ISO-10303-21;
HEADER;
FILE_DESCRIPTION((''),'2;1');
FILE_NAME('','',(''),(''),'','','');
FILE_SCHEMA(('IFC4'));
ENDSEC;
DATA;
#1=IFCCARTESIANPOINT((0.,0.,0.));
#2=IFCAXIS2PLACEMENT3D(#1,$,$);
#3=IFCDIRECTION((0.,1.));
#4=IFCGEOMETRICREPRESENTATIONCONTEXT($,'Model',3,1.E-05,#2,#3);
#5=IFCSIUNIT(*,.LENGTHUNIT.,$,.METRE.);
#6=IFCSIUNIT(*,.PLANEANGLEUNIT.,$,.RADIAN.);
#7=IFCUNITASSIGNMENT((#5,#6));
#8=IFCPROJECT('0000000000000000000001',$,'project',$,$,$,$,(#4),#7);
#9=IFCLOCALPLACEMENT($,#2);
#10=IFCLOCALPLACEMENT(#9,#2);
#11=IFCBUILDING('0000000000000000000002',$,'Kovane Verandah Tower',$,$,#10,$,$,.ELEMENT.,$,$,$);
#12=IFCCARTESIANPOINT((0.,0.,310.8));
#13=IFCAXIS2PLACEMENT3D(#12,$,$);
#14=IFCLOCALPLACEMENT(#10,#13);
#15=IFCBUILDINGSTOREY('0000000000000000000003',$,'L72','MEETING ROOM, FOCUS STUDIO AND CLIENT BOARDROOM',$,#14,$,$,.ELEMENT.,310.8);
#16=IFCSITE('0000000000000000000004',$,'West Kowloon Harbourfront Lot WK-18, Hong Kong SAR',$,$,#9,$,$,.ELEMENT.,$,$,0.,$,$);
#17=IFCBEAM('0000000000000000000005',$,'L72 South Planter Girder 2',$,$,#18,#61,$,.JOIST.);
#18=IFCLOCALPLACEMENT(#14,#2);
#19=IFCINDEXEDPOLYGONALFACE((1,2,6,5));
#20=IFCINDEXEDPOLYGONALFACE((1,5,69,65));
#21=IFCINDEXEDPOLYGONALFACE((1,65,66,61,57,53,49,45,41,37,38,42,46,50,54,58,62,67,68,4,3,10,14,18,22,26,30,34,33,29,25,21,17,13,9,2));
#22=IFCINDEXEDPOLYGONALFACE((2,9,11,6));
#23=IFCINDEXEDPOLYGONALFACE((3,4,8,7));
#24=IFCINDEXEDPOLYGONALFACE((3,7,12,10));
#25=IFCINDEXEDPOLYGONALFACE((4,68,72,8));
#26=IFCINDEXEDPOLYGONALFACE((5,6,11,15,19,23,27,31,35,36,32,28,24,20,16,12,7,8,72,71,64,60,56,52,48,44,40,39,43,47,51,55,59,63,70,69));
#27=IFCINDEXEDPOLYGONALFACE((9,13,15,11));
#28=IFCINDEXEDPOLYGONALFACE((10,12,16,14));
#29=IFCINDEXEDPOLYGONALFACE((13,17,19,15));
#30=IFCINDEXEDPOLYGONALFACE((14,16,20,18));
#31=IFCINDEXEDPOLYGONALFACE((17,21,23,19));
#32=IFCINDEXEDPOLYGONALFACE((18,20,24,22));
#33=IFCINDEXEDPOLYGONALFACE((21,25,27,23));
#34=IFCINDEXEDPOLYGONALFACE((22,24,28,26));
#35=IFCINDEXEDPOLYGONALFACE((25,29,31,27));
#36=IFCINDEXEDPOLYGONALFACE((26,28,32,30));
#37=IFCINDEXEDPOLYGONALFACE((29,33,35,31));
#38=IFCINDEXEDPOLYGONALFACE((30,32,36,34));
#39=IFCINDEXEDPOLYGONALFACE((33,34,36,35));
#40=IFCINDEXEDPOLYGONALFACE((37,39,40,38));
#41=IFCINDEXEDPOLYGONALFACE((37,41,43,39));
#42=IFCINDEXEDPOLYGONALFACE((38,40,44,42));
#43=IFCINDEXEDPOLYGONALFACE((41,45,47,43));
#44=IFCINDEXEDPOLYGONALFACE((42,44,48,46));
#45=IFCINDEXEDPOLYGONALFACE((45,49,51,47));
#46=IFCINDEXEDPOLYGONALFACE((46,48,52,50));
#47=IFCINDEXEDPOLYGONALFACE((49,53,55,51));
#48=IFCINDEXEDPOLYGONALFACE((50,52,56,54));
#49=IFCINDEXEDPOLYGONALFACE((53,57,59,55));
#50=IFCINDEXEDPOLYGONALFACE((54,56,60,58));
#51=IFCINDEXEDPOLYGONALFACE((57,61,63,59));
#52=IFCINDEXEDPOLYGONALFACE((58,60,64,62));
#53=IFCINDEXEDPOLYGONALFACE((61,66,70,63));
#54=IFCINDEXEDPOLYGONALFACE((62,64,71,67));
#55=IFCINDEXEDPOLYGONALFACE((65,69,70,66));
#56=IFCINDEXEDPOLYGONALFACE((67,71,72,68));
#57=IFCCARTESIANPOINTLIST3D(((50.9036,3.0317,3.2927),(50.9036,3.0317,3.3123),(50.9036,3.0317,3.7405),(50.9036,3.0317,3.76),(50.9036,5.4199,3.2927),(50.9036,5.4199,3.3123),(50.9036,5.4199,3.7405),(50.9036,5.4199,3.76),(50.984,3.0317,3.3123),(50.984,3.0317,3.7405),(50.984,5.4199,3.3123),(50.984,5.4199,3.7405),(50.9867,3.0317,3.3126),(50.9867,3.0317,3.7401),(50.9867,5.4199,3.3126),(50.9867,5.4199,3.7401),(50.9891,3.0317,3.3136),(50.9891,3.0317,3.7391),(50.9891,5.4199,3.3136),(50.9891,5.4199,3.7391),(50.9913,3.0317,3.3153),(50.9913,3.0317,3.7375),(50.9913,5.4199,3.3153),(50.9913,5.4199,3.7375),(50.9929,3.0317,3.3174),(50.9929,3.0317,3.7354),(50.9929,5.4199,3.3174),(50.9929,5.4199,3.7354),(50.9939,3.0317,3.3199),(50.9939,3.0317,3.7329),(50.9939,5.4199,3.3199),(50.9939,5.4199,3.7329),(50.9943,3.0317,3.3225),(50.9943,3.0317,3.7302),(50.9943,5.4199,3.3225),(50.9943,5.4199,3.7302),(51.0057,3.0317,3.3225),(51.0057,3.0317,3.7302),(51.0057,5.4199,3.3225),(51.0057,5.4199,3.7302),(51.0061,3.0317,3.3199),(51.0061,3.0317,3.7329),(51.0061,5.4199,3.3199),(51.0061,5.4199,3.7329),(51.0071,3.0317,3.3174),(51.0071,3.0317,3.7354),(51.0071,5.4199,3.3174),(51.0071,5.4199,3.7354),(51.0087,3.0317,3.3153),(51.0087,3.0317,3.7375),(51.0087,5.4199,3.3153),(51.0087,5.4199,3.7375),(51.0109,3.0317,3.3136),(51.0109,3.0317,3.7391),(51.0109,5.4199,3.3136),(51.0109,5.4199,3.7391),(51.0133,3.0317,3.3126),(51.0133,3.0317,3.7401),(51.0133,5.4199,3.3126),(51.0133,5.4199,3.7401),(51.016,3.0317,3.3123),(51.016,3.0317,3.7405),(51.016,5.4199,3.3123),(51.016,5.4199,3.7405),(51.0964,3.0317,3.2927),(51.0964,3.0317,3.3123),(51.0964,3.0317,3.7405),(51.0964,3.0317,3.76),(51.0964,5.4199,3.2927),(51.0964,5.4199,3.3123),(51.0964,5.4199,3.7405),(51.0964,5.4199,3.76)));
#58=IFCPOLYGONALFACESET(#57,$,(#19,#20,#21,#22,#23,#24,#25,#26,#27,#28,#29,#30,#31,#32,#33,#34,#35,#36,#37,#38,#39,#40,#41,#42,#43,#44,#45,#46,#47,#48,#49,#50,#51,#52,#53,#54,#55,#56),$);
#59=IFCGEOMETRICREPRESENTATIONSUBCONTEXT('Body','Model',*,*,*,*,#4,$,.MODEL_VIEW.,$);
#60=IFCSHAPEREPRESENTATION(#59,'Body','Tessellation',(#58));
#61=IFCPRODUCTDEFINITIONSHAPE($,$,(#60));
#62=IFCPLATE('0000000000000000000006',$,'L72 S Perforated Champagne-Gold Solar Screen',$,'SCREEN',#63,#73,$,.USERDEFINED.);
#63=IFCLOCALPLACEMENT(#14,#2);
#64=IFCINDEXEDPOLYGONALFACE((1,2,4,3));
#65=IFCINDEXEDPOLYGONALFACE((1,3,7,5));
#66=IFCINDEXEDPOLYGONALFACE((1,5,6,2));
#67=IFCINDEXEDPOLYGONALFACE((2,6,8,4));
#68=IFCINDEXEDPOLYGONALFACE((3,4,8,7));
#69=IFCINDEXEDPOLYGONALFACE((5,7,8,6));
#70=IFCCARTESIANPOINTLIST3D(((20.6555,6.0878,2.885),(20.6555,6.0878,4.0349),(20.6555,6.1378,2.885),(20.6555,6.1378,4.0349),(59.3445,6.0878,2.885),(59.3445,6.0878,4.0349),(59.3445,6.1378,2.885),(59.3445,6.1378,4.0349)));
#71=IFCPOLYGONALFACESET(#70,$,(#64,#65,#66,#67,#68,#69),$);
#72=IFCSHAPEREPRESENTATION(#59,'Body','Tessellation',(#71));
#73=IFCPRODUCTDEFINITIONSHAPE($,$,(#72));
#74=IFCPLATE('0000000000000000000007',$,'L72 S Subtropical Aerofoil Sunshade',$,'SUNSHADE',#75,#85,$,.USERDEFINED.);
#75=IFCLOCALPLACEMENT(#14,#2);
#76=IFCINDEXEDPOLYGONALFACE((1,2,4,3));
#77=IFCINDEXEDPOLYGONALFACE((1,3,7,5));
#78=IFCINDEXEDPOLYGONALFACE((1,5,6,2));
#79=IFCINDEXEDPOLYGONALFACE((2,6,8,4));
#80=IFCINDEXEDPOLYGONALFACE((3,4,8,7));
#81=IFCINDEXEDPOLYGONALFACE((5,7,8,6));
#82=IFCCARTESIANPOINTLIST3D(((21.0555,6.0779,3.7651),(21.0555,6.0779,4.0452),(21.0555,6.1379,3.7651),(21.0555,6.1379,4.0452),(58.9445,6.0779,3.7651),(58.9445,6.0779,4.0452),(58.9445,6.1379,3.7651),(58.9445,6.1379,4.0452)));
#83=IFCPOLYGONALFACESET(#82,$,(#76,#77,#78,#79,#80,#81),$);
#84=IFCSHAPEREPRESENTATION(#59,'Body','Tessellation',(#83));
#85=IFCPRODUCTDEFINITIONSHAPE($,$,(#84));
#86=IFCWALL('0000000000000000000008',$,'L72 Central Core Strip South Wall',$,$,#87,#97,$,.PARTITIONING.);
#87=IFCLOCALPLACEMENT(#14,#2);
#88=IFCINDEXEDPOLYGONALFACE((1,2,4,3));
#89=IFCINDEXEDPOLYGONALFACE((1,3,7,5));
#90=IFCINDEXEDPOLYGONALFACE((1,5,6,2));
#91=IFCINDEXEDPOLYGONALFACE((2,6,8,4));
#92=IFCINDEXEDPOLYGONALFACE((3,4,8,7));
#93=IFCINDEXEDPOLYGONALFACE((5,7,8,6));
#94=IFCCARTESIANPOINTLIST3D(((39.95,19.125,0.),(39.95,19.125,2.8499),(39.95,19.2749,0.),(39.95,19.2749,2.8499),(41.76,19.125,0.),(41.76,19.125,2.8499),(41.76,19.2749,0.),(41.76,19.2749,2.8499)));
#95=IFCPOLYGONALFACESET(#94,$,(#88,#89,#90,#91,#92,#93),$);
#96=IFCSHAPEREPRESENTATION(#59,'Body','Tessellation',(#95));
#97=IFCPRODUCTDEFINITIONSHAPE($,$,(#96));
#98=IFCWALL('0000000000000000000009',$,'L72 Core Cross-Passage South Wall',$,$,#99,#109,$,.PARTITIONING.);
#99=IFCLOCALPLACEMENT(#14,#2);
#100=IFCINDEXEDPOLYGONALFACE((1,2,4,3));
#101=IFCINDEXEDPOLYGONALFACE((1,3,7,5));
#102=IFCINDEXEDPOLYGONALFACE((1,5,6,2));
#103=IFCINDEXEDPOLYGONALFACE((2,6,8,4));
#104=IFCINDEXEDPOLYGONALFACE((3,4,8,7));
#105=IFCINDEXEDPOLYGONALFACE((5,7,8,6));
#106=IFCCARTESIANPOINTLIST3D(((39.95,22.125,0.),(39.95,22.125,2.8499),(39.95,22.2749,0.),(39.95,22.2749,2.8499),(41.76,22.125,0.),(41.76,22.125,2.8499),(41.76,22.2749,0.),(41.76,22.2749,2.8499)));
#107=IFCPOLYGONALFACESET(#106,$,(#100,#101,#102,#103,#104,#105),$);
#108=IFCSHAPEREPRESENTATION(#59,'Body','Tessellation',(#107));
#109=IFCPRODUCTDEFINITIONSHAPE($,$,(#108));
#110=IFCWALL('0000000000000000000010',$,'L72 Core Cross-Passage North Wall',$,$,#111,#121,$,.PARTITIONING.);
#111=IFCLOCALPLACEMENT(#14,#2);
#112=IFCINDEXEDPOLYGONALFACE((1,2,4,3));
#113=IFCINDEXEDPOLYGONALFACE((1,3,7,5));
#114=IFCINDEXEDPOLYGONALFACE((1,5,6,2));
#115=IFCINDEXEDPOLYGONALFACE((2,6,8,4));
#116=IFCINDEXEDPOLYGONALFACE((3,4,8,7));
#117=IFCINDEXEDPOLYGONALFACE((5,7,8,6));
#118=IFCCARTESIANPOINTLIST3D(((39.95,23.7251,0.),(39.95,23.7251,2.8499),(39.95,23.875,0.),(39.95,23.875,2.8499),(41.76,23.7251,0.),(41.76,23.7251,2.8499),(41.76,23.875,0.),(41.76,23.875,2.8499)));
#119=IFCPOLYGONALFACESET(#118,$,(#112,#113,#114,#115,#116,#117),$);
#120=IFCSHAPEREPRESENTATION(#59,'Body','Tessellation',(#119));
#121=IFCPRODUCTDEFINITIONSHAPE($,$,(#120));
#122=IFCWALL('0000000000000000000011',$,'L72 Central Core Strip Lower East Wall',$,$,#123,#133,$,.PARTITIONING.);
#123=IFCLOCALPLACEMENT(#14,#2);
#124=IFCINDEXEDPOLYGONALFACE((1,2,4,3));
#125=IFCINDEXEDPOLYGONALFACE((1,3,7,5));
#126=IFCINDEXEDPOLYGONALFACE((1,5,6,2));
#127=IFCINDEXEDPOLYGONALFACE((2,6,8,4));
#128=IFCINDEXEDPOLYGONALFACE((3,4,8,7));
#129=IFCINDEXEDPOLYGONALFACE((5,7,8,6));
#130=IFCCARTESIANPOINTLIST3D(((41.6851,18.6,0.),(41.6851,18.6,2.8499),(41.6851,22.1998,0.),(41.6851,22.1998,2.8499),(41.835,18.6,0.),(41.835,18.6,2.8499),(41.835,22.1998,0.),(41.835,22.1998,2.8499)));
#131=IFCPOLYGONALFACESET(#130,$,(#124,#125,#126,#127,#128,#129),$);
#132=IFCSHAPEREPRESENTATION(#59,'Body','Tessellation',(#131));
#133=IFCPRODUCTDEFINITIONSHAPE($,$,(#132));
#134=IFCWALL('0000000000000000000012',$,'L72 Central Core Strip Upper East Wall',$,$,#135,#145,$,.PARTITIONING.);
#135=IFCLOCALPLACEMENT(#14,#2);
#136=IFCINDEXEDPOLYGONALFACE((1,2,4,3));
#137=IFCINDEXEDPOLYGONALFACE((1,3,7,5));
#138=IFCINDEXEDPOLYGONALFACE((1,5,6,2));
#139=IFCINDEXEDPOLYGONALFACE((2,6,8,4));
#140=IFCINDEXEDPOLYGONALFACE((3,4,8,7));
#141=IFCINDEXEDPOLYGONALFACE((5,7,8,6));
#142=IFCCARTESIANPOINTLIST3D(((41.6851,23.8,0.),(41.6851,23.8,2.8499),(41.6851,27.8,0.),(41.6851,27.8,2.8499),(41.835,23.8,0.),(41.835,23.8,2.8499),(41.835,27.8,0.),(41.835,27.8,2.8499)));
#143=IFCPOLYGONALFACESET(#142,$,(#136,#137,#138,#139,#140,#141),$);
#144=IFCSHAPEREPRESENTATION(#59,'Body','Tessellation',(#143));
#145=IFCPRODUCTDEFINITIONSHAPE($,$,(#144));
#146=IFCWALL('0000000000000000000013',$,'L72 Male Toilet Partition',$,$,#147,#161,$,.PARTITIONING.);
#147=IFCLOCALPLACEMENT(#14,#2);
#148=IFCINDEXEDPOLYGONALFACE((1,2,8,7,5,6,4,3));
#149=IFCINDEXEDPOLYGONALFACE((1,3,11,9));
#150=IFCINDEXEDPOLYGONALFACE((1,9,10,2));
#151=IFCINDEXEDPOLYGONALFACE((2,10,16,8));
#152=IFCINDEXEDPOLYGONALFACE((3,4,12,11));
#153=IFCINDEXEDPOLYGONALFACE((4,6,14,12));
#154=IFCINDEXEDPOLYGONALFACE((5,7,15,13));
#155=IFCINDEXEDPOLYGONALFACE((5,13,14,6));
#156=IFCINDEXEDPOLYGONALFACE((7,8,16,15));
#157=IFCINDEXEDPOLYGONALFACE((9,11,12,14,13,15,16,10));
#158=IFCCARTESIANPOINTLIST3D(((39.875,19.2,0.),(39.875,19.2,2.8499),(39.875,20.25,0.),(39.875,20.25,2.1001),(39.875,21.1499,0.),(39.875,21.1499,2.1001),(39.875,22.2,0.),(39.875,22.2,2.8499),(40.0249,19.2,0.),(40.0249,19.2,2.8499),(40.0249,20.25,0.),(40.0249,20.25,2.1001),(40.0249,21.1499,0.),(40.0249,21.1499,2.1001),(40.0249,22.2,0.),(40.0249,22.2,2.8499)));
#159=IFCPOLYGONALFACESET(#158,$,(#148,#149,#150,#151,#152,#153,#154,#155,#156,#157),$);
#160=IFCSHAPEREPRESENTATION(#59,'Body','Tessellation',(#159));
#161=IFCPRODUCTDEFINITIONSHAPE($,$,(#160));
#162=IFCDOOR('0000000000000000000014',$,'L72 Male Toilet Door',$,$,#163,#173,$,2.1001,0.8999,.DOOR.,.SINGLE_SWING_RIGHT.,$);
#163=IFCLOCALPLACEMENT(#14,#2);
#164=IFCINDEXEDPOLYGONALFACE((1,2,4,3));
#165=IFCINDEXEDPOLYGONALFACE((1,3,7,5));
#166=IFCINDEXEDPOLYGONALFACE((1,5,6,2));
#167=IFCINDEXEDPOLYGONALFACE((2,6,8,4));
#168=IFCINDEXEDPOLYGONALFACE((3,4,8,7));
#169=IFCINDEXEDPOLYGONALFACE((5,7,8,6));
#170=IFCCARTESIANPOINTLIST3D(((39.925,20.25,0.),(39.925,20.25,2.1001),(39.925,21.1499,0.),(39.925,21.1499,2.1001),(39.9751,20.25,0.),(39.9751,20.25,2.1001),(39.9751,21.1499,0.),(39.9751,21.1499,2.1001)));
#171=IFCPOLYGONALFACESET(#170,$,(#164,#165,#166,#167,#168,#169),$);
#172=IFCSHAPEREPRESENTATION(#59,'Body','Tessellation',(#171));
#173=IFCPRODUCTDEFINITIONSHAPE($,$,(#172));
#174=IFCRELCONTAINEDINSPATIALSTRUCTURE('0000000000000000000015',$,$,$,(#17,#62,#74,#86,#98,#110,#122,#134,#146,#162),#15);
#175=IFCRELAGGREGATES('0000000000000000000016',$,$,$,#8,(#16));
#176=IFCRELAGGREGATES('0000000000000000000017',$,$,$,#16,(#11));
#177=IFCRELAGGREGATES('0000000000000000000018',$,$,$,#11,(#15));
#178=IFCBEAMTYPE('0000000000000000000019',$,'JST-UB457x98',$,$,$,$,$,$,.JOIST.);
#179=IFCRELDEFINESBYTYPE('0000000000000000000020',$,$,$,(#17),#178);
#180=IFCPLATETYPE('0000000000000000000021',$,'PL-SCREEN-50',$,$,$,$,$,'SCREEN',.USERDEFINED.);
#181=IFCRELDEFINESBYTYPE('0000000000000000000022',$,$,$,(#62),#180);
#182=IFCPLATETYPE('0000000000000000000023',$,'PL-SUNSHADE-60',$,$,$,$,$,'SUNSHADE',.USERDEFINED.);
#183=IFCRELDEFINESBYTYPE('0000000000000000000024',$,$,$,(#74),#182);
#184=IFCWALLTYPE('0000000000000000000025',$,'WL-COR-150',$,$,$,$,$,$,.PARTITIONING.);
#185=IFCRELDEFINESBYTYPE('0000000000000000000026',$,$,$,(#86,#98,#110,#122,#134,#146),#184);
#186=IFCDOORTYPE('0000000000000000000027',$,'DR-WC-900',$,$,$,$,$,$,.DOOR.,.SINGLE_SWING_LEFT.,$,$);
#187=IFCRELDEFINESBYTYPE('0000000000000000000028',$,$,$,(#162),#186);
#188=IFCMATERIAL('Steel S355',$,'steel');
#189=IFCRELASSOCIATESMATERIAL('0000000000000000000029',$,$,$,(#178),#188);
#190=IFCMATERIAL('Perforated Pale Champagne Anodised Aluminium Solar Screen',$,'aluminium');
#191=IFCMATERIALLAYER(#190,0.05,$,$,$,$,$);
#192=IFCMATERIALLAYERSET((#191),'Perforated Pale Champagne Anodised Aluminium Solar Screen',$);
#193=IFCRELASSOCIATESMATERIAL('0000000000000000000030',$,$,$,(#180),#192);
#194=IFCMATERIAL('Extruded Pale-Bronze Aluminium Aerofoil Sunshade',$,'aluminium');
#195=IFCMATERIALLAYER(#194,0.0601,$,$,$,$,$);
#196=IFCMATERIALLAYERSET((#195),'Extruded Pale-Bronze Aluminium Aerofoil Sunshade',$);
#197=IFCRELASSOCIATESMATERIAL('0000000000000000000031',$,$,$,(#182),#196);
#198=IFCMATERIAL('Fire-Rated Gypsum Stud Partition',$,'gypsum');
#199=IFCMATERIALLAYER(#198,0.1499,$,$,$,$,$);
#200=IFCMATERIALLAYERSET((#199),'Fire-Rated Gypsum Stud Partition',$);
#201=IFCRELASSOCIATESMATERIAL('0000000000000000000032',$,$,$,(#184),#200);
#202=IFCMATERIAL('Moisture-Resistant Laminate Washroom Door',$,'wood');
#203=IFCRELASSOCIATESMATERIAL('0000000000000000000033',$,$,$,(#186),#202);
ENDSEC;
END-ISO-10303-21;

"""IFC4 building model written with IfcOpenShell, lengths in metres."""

from ifc_helpers import new_model, si_unit, direction, frame, frame_2d, origin, origin_2d, place, context, subcontext, project, spatial, rectangle, i_section, extrude, material, layer, layer_set, material_profile, profile_set, type_object, element, fill, save


model = new_model("IFC4")

# Units and contexts
model_context = context("Model", 3, precision=1e-05, world=origin(), true_north=direction((0.0, 1.0)))
body_context = subcontext(model_context, "Body", "Model", "MODEL_VIEW")
ifc_project = project(units=[si_unit("LENGTHUNIT", "METRE"), si_unit("PLANEANGLEUNIT", "RADIAN")], contexts=[model_context])

# Site, building, storey
site_placement = place(None, origin())
site = spatial("IfcSite", under=ifc_project, at=site_placement, Name="West Kowloon Harbourfront Lot WK-18, Hong Kong SAR", CompositionType="ELEMENT", RefElevation=0.0)
building_placement = place(site_placement, origin())
building = spatial("IfcBuilding", under=site, at=building_placement, Name="Kovane Verandah Tower", CompositionType="ELEMENT")
storey_placement = place(building_placement, frame((0.0, 0.0, 310.8)))
storey = spatial("IfcBuildingStorey", under=building, at=storey_placement, Name="L72", Description="MEETING ROOM, FOCUS STUDIO AND CLIENT BOARDROOM", CompositionType="ELEMENT", Elevation=310.8)

# Beam
ifc_material_1 = material(Name="Steel S355", Category="steel")
ifc_material_profile_1 = material_profile(ifc_material_1, i_section(OverallWidth=0.1929, OverallDepth=0.4673, WebThickness=0.0115, FlangeThickness=0.0195, FilletRadius=0.0103, at=origin_2d()), Name="UB457x191x98")
ifc_profile_set_1 = profile_set([ifc_material_profile_1], Name="Steel S355")
beam_type_1 = type_object("IfcBeamType", Name="JST-UB457x98", PredefinedType="JOIST", material=ifc_profile_set_1)
beam_1_placement = place(storey_placement, frame((51.0, 5.4199, 3.5264), z_axis=(0.0, -1.0, 0.0), x_axis=(1.0, 0.0, 0.0)))
element("IfcBeam", 1, at=beam_1_placement, inside=storey, type_object=beam_type_1, Name="L72 South Planter Girder 2", PredefinedType="JOIST", context=body_context, shape_type="SweptSolid", body=[
    extrude(i_section(OverallWidth=0.1929, OverallDepth=0.4673, WebThickness=0.0115, FlangeThickness=0.0195, FilletRadius=0.0103, at=origin_2d()), origin(), (0.0, 0.0, 1.0), 2.3882),
])

# Plates
ifc_material_2 = material(Name="Perforated Pale Champagne Anodised Aluminium Solar Screen", Category="aluminium")
ifc_layer_1 = layer(ifc_material_2, 0.05)
ifc_layer_set_1 = layer_set([ifc_layer_1], Name="Perforated Pale Champagne Anodised Aluminium Solar Screen")
plate_type_1 = type_object("IfcPlateType", Name="PL-SCREEN-50", ElementType="SCREEN", PredefinedType="USERDEFINED", material=ifc_layer_set_1)
plate_1_placement = place(storey_placement, frame((40.0, 6.1128, 2.885), z_axis=(0.0, 0.0, 1.0), x_axis=(1.0, 0.0, 0.0)))
element("IfcPlate", 2, at=plate_1_placement, inside=storey, type_object=plate_type_1, Name="L72 S Perforated Champagne-Gold Solar Screen", ObjectType="SCREEN", PredefinedType="USERDEFINED", context=body_context, shape_type="SweptSolid", body=[
    extrude(rectangle(XDim=38.689, YDim=0.05, at=origin_2d()), origin(), (0.0, 0.0, 1.0), 1.1499),
])
ifc_material_3 = material(Name="Extruded Pale-Bronze Aluminium Aerofoil Sunshade", Category="aluminium")
ifc_layer_2 = layer(ifc_material_3, 0.0601)
ifc_layer_set_2 = layer_set([ifc_layer_2], Name="Extruded Pale-Bronze Aluminium Aerofoil Sunshade")
plate_type_2 = type_object("IfcPlateType", Name="PL-SUNSHADE-60", ElementType="SUNSHADE", PredefinedType="USERDEFINED", material=ifc_layer_set_2)
plate_2_placement = place(storey_placement, frame((40.0, 6.1079, 3.7651), z_axis=(0.0, 0.0, 1.0), x_axis=(1.0, 0.0, 0.0)))
element("IfcPlate", 3, at=plate_2_placement, inside=storey, type_object=plate_type_2, Name="L72 S Subtropical Aerofoil Sunshade", ObjectType="SUNSHADE", PredefinedType="USERDEFINED", context=body_context, shape_type="SweptSolid", body=[
    extrude(rectangle(XDim=37.8889, YDim=0.0601, at=origin_2d()), origin(), (0.0, 0.0, 1.0), 0.28),
])

# Walls
ifc_material_4 = material(Name="Fire-Rated Gypsum Stud Partition", Category="gypsum")
ifc_layer_3 = layer(ifc_material_4, 0.1499)
ifc_layer_set_3 = layer_set([ifc_layer_3], Name="Fire-Rated Gypsum Stud Partition")
wall_type_1 = type_object("IfcWallType", Name="WL-COR-150", PredefinedType="PARTITIONING", material=ifc_layer_set_3)
for number, where, z_axis, x_axis, name in (
    (4, (39.95, 19.2, 0.0), (0.0, 0.0, 1.0), (1.0, 0.0, 0.0), "L72 Central Core Strip South Wall"),
    (5, (39.95, 22.2, 0.0), (0.0, 0.0, 1.0), (1.0, 0.0, 0.0), "L72 Core Cross-Passage South Wall"),
    (6, (39.95, 23.8, 0.0), (0.0, 0.0, 1.0), (1.0, 0.0, 0.0), "L72 Core Cross-Passage North Wall"),
):
    element("IfcWall", number, at=place(storey_placement, frame(where, z_axis=z_axis, x_axis=x_axis)), inside=storey, type_object=wall_type_1, Name=name, PredefinedType="PARTITIONING", context=body_context, shape_type="SweptSolid", body=[
        extrude(rectangle(XDim=1.8101, YDim=0.1499, at=frame_2d((0.905, 0.0))), origin(), (0.0, 0.0, 1.0), 2.8499),
    ])
wall_1_placement = place(storey_placement, frame((41.76, 18.6001, 0.0), z_axis=(0.0, 0.0, 1.0), x_axis=(0.0, 1.0, 0.0)))
element("IfcWall", 7, at=wall_1_placement, inside=storey, type_object=wall_type_1, Name="L72 Central Core Strip Lower East Wall", PredefinedType="PARTITIONING", context=body_context, shape_type="SweptSolid", body=[
    extrude(rectangle(XDim=3.5999, YDim=0.1499, at=frame_2d((1.7998, 0.0))), origin(), (0.0, 0.0, 1.0), 2.8499),
])
wall_2_placement = place(storey_placement, frame((41.76, 23.8, 0.0), z_axis=(0.0, 0.0, 1.0), x_axis=(0.0, 1.0, 0.0)))
element("IfcWall", 8, at=wall_2_placement, inside=storey, type_object=wall_type_1, Name="L72 Central Core Strip Upper East Wall", PredefinedType="PARTITIONING", context=body_context, shape_type="SweptSolid", body=[
    extrude(rectangle(XDim=4.0, YDim=0.1499, at=frame_2d((2.0, 0.0))), origin(), (0.0, 0.0, 1.0), 2.8499),
])

# Wall, opening, door
wall_3_placement = place(storey_placement, frame((39.95, 19.2, 0.0), z_axis=(0.0, 0.0, 1.0), x_axis=(0.0, 1.0, 0.0)))
wall_3 = element("IfcWall", 9, at=wall_3_placement, inside=storey, type_object=wall_type_1, Name="L72 Male Toilet Partition", PredefinedType="PARTITIONING", context=body_context, shape_type="SweptSolid", body=[
    extrude(rectangle(XDim=3.0, YDim=0.1499, at=frame_2d((1.5, 0.0))), origin(), (0.0, 0.0, 1.0), 2.8499),
])
opening_1_placement = place(wall_3_placement, frame((1.05, 0.0, 0.0)))
opening_1 = element("IfcOpeningElement", 10, at=opening_1_placement, cuts=wall_3, PredefinedType="OPENING", context=body_context, shape_type="SweptSolid", body=[
    extrude(rectangle(XDim=0.8999, YDim=2.1001, at=frame_2d((0.45, 1.05))), frame((0.0, 0.075, 0.0), z_axis=(0.0, -1.0, 0.0), x_axis=(1.0, 0.0, 0.0)), (0.0, 0.0, 1.0), 0.1499),
])
ifc_material_5 = material(Name="Moisture-Resistant Laminate Washroom Door", Category="wood")
door_type_1 = type_object("IfcDoorType", Name="DR-WC-900", OperationType="SINGLE_SWING_LEFT", PredefinedType="DOOR", material=ifc_material_5)
door_1_placement = place(opening_1_placement, origin())
door_1 = element("IfcDoor", 11, at=door_1_placement, inside=storey, type_object=door_type_1, Name="L72 Male Toilet Door", OperationType="SINGLE_SWING_RIGHT", OverallHeight=2.1001, OverallWidth=0.8999, PredefinedType="DOOR", context=body_context, shape_type="SweptSolid", body=[
    extrude(rectangle(XDim=0.8999, YDim=2.1001, at=frame_2d((0.45, 1.05))), frame((0.0, 0.0249, 0.0), z_axis=(0.0, -1.0, 0.0), x_axis=(1.0, 0.0, 0.0)), (0.0, 0.0, 1.0), 0.05),
])
fill(opening_1, door_1)

save(model, "model.ifc")
